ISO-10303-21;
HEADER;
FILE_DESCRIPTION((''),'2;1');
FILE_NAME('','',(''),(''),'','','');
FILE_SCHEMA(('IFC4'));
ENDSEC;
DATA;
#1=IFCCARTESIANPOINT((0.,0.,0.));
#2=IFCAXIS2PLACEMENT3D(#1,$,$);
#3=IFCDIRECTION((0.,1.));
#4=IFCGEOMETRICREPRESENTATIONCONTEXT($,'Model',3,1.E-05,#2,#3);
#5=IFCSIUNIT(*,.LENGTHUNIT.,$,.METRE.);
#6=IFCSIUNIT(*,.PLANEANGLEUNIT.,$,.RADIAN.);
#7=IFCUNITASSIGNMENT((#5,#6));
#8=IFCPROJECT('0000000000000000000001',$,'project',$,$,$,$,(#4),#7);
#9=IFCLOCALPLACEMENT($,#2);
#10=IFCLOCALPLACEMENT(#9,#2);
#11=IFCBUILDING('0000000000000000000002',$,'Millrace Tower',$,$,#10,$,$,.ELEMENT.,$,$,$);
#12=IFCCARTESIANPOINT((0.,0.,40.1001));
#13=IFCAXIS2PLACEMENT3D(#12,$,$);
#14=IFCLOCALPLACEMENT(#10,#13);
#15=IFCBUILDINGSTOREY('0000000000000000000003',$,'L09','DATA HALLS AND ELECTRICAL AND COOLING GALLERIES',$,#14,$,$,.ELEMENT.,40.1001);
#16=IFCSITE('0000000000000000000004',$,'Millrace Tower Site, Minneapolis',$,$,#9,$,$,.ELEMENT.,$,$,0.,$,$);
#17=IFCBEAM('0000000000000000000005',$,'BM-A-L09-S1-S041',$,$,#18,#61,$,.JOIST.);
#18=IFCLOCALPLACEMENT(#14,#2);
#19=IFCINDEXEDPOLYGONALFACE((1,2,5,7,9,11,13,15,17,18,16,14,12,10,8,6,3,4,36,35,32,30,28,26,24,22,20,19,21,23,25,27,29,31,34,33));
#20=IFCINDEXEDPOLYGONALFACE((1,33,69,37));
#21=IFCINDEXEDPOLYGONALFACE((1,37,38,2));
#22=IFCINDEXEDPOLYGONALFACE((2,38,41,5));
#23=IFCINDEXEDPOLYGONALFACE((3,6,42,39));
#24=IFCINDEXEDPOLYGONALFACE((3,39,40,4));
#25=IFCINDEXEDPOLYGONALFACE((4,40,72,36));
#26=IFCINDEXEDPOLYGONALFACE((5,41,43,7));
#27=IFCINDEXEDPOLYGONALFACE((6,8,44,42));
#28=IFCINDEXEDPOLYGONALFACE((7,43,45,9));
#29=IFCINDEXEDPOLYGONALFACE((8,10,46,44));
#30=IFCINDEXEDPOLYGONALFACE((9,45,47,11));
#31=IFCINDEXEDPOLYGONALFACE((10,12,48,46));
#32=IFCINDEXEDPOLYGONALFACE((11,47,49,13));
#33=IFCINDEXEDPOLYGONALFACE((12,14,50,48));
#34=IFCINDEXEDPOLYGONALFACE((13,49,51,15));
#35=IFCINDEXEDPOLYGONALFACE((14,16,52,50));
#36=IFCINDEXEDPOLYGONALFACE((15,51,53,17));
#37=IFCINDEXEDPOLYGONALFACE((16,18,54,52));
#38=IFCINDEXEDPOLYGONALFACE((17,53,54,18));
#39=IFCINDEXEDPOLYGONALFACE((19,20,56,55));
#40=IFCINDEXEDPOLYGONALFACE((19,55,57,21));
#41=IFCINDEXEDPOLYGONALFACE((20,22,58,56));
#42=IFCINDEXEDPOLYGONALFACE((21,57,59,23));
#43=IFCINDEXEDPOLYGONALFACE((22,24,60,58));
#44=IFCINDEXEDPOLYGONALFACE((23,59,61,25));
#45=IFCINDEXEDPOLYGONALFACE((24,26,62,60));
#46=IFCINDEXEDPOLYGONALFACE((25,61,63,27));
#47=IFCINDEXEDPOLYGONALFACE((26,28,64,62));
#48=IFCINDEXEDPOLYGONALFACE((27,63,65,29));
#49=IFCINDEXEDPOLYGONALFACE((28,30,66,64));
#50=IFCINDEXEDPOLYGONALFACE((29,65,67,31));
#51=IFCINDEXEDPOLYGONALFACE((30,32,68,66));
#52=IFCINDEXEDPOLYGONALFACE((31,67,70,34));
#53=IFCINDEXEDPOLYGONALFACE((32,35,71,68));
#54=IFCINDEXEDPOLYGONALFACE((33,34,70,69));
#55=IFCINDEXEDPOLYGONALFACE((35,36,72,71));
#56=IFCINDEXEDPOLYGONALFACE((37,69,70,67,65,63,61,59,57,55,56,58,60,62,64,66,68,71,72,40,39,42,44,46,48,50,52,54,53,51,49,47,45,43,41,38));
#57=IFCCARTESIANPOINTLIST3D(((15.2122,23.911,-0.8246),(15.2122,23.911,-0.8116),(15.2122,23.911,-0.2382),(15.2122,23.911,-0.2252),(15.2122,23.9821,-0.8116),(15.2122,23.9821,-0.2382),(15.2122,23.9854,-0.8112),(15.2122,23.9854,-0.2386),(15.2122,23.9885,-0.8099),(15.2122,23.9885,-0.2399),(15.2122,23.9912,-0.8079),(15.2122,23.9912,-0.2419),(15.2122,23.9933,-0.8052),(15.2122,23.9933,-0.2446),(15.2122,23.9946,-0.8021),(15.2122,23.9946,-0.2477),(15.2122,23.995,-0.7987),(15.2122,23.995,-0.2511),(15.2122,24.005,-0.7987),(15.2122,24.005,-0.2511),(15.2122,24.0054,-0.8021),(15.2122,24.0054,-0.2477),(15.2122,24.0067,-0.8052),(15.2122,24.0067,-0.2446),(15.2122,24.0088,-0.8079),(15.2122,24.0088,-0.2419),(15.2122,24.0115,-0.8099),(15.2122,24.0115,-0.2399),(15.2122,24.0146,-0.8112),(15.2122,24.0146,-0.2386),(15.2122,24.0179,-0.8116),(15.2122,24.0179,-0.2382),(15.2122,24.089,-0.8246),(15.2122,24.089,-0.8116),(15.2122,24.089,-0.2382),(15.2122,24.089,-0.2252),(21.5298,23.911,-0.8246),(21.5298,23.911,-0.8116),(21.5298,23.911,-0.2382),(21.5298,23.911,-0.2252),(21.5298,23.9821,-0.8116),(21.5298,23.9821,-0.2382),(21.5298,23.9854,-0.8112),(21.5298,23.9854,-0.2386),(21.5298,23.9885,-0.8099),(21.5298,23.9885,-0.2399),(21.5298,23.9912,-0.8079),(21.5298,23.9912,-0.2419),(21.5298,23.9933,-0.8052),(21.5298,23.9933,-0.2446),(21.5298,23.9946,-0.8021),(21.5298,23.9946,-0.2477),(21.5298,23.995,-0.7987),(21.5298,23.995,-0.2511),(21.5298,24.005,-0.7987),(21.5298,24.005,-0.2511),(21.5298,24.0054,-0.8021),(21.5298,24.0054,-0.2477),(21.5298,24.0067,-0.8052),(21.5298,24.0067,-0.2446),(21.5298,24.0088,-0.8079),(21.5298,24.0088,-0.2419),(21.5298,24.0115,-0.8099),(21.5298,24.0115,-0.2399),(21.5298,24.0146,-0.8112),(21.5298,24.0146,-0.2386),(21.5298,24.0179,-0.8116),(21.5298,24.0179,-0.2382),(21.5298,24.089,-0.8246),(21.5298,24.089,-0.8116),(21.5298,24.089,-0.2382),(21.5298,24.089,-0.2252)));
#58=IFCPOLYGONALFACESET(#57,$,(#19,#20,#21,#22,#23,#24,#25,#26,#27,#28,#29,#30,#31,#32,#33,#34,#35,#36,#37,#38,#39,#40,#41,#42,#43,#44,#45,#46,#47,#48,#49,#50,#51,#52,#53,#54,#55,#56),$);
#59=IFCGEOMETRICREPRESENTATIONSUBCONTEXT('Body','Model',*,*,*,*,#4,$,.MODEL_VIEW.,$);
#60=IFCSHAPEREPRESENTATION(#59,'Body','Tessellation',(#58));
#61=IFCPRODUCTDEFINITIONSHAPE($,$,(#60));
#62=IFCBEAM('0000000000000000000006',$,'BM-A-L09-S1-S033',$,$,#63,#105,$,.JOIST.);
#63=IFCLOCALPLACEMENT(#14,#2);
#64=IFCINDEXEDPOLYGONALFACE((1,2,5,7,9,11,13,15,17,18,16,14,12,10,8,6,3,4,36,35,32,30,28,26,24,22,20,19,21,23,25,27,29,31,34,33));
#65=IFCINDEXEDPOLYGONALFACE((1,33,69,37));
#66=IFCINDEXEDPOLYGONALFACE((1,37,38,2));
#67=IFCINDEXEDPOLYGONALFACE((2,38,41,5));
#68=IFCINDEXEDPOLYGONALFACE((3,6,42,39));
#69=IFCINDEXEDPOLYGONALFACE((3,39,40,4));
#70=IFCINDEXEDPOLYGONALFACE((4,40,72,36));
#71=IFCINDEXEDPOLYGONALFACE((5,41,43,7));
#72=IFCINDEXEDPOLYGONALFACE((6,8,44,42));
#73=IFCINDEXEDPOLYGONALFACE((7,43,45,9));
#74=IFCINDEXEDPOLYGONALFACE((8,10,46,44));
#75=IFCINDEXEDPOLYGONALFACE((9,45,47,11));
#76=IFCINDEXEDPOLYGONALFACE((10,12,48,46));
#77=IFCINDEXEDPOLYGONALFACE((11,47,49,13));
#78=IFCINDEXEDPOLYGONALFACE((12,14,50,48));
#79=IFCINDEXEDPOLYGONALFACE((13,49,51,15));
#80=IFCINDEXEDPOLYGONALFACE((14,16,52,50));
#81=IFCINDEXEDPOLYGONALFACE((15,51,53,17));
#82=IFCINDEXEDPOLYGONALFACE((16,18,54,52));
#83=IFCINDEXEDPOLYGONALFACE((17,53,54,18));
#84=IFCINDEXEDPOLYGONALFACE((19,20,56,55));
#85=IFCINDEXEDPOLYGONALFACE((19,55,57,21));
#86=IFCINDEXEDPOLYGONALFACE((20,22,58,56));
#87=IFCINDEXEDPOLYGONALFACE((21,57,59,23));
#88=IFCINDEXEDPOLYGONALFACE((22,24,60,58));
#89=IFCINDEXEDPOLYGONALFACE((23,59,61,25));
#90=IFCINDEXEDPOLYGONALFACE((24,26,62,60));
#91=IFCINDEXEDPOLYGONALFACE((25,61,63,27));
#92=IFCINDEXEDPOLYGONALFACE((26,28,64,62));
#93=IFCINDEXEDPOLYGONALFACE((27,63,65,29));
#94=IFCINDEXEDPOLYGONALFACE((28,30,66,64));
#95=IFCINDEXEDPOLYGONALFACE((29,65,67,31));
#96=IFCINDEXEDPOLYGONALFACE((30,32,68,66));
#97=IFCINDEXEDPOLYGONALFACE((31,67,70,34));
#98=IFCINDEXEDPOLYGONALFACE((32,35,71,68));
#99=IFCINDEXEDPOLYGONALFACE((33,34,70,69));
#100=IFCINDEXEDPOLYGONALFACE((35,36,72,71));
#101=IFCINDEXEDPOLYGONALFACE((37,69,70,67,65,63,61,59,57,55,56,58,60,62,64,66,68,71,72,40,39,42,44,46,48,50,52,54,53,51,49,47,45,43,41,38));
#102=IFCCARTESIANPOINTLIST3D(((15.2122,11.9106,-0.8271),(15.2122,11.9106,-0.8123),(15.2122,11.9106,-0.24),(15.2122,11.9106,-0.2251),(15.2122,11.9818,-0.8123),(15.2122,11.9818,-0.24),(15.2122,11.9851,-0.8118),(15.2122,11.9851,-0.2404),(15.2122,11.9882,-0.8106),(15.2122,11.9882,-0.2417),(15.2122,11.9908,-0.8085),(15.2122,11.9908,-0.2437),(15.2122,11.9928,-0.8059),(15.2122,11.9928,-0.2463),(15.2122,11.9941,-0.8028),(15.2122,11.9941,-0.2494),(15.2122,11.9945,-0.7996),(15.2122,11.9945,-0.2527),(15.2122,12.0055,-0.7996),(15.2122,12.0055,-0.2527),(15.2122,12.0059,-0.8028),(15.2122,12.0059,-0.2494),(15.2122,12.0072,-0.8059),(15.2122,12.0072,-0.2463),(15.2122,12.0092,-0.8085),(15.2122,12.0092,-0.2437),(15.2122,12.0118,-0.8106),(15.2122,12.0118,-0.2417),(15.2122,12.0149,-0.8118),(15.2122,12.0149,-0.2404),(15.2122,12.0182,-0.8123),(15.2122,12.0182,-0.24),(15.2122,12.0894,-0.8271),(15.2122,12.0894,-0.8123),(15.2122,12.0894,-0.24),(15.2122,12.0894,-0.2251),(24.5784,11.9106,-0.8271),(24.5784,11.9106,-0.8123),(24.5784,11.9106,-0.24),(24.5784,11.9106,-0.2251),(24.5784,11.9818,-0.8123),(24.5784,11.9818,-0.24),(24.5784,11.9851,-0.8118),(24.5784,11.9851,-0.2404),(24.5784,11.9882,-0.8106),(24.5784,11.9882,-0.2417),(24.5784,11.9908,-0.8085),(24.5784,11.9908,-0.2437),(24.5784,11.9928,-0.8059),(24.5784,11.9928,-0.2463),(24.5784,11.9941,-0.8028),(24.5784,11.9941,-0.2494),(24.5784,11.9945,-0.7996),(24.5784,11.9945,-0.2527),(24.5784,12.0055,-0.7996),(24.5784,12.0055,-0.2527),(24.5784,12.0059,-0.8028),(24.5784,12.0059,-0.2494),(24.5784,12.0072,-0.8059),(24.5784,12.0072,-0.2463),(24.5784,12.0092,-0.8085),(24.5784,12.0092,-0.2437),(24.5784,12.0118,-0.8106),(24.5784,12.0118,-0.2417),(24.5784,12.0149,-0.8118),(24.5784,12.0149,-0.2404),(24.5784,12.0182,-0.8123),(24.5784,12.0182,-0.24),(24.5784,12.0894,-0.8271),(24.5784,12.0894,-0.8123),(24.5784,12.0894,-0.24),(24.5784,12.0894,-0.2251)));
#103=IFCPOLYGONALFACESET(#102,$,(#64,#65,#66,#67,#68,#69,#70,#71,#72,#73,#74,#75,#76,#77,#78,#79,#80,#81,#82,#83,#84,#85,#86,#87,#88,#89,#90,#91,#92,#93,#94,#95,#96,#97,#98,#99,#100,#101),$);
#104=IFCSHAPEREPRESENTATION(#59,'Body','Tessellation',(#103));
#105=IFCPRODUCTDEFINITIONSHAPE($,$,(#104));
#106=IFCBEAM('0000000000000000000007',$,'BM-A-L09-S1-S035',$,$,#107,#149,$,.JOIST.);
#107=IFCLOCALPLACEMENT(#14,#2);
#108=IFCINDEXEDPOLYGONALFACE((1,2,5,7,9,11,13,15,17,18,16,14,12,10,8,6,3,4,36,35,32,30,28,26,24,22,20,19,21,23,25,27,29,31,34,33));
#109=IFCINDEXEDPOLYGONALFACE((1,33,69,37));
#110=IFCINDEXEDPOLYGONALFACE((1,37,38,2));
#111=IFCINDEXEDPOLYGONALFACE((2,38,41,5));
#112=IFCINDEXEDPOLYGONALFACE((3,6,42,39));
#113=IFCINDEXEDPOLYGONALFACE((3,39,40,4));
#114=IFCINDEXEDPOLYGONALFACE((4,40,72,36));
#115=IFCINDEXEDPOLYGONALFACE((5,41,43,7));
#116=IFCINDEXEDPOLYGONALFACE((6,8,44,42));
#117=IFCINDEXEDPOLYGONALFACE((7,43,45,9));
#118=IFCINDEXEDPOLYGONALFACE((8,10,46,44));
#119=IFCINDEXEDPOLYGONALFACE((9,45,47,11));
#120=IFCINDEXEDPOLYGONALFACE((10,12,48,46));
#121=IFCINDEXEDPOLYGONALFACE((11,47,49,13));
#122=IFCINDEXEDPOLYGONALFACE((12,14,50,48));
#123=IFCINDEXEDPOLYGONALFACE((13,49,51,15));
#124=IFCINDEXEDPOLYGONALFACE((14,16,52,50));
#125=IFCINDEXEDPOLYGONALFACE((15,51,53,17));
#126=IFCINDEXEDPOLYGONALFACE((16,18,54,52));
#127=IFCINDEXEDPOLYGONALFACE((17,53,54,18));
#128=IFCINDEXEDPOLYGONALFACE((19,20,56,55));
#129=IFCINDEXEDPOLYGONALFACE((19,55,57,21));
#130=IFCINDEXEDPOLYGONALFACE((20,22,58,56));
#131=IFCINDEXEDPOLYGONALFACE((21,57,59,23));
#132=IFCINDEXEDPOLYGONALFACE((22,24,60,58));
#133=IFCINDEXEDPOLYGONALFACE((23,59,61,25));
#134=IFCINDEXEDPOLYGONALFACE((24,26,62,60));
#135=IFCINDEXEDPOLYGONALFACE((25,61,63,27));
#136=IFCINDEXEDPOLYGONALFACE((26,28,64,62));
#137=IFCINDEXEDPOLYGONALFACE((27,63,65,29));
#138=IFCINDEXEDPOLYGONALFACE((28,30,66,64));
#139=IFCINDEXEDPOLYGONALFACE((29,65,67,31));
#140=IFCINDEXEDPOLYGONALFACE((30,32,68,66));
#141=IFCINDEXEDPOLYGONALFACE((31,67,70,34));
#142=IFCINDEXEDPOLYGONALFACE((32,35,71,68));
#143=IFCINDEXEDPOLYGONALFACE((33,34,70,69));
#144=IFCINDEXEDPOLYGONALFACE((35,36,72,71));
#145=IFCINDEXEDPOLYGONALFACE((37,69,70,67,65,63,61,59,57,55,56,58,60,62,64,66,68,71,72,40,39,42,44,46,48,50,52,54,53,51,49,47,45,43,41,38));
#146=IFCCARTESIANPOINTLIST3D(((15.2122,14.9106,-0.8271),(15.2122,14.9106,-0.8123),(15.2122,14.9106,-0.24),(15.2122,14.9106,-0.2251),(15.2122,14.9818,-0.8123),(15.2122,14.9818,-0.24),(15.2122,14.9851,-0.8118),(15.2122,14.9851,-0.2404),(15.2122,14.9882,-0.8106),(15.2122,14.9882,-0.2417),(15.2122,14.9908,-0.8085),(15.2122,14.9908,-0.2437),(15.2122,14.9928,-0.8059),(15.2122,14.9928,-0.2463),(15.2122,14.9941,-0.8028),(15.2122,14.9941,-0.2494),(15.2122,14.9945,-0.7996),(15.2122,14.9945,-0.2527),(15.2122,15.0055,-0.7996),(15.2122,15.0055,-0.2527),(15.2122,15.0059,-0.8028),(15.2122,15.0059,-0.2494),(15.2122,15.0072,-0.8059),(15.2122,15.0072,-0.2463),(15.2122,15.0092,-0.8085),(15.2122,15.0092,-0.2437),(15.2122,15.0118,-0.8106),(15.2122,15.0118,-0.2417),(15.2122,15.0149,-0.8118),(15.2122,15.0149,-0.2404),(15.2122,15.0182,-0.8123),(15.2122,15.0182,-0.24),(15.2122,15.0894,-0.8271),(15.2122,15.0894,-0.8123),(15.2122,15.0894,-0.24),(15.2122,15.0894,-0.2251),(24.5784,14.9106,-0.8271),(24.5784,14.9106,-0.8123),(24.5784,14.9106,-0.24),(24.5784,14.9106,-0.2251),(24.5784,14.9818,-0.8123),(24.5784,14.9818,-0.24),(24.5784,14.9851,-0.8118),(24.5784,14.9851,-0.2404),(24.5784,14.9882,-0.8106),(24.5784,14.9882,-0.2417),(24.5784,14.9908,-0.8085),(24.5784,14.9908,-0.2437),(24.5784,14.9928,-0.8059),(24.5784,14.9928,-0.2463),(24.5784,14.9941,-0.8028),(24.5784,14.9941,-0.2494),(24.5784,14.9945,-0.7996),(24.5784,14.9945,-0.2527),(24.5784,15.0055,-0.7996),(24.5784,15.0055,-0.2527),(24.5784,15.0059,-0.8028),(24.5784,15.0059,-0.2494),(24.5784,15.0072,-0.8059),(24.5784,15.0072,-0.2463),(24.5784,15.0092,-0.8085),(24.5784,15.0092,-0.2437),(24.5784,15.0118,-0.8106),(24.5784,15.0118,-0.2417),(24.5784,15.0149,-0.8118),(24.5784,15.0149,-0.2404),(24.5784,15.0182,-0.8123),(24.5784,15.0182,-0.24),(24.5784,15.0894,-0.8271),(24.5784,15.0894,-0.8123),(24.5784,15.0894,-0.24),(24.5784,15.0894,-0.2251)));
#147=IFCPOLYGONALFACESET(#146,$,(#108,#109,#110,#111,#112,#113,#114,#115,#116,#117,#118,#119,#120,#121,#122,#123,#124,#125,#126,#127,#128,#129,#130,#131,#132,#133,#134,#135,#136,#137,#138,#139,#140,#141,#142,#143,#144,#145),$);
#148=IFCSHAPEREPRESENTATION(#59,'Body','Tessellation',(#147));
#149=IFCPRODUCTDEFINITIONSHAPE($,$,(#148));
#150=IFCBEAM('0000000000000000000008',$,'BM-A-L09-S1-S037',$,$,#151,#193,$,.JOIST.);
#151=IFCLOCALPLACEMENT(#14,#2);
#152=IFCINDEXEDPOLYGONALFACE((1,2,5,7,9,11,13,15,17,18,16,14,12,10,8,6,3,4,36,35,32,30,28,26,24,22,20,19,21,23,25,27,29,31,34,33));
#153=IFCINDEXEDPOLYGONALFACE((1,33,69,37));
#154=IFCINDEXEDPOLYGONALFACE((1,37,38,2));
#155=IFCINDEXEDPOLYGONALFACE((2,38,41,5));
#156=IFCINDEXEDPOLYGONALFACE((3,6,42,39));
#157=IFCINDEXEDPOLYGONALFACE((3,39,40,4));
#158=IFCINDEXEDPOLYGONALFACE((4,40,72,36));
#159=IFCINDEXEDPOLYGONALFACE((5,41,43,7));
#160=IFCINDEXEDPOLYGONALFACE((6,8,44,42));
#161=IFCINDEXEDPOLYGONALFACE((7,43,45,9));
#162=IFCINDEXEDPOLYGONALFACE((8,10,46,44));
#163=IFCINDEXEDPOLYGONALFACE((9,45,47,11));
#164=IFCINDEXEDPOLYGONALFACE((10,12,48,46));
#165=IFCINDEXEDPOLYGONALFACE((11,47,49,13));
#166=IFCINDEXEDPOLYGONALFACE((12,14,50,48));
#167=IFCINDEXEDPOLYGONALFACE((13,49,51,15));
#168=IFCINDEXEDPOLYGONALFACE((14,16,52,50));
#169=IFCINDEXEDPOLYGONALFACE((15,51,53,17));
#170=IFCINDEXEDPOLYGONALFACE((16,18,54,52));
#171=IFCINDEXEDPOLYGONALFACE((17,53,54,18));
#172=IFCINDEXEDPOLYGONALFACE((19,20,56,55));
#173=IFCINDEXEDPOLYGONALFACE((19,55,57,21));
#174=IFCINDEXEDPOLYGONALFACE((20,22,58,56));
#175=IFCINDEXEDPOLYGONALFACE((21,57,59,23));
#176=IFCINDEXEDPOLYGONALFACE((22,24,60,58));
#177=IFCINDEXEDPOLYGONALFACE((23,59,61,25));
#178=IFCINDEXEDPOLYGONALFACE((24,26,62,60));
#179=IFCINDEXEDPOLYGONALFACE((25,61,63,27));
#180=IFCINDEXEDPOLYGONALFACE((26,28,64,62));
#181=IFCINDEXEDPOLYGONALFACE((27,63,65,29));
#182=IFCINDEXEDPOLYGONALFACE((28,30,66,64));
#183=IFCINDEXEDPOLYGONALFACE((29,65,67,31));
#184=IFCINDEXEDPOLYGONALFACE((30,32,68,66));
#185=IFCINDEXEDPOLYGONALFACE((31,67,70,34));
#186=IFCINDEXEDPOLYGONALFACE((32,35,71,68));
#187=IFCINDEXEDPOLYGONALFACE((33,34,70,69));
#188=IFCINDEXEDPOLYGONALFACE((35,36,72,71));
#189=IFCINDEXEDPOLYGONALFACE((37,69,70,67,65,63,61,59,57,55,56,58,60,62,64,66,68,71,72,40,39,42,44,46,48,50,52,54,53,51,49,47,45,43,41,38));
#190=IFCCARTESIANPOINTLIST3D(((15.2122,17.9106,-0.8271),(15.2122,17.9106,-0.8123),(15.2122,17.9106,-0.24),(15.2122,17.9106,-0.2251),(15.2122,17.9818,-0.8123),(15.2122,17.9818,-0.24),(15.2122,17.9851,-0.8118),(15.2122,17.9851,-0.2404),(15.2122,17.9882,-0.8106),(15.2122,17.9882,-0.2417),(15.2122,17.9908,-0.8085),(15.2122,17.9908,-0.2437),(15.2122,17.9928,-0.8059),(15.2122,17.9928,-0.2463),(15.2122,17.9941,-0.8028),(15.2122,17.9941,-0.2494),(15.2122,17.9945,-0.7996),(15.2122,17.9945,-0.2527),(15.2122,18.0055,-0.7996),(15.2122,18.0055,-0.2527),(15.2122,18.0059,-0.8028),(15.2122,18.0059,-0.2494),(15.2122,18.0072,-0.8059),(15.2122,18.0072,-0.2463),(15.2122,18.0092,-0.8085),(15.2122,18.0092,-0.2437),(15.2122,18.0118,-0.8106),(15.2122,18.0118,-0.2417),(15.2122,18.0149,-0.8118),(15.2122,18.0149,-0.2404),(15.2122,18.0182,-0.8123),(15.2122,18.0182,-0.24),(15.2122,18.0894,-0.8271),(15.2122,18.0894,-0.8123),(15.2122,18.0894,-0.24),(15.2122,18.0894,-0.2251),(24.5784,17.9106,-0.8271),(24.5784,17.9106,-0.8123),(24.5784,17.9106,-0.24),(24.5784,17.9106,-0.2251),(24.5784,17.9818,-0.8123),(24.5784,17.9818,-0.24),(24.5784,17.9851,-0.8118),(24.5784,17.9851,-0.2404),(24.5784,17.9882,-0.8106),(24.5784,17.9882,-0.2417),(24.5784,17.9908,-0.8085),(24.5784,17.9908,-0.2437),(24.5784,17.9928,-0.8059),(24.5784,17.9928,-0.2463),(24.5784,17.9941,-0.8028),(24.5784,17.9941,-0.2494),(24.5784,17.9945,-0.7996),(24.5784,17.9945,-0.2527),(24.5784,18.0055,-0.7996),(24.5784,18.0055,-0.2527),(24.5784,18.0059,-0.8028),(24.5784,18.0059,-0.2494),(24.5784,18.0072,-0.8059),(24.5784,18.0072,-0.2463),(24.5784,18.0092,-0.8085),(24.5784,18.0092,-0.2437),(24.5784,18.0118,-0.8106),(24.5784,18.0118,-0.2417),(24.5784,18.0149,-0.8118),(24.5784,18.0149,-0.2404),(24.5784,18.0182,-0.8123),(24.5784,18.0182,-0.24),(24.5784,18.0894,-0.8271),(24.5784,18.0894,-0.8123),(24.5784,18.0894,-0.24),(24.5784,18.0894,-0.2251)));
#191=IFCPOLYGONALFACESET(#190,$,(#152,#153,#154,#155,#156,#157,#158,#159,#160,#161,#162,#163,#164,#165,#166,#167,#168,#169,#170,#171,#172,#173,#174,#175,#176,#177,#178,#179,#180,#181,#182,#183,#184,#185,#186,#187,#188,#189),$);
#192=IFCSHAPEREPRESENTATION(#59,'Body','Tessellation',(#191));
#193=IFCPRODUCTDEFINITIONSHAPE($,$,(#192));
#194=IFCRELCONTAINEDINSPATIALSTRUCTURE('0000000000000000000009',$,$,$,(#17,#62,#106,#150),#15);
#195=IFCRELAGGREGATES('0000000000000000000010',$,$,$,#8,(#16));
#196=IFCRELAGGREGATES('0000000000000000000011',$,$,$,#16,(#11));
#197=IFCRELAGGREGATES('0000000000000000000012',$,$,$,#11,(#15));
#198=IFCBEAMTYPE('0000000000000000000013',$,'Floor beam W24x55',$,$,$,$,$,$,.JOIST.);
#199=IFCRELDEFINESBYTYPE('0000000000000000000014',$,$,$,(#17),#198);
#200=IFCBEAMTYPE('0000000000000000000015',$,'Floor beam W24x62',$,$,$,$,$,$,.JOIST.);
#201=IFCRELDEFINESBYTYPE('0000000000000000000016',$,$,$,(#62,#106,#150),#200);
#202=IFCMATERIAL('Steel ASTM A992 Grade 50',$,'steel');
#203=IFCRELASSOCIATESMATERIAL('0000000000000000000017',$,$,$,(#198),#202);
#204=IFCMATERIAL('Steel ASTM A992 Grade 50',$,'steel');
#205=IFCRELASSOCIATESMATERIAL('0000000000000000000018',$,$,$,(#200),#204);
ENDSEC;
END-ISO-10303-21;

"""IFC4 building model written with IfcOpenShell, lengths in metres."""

from ifc_helpers import new_model, si_unit, direction, frame, origin, origin_2d, place, context, subcontext, project, spatial, i_section, extrude, material, material_profile, profile_set, type_object, element, save


model = new_model("IFC4")

# Units and contexts
model_context = context("Model", 3, precision=1e-05, world=origin(), true_north=direction((0.0, 1.0)))
body_context = subcontext(model_context, "Body", "Model", "MODEL_VIEW")
ifc_project = project(units=[si_unit("LENGTHUNIT", "METRE"), si_unit("PLANEANGLEUNIT", "RADIAN")], contexts=[model_context])

# Site, building, storey
site_placement = place(None, origin())
site = spatial("IfcSite", under=ifc_project, at=site_placement, Name="Millrace Tower Site, Minneapolis", CompositionType="ELEMENT", RefElevation=0.0)
building_placement = place(site_placement, origin())
building = spatial("IfcBuilding", under=site, at=building_placement, Name="Millrace Tower", CompositionType="ELEMENT")
storey_placement = place(building_placement, frame((0.0, 0.0, 40.1001)))
storey = spatial("IfcBuildingStorey", under=building, at=storey_placement, Name="L09", Description="DATA HALLS AND ELECTRICAL AND COOLING GALLERIES", CompositionType="ELEMENT", Elevation=40.1001)

# Beams
ifc_material_1 = material(Name="Steel ASTM A992 Grade 50", Category="steel")
ifc_material_profile_1 = material_profile(ifc_material_1, i_section(OverallWidth=0.178, OverallDepth=0.5994, WebThickness=0.01, FlangeThickness=0.0129, FilletRadius=0.0129, at=origin_2d()))
ifc_profile_set_1 = profile_set([ifc_material_profile_1], Name="Steel ASTM A992 Grade 50")
beam_type_1 = type_object("IfcBeamType", Name="Floor beam W24x55", PredefinedType="JOIST", material=ifc_profile_set_1)
beam_1_placement = place(storey_placement, frame((15.2122, 24.0, -0.5249), z_axis=(1.0, 0.0, 0.0), x_axis=(0.0, 1.0, 0.0)))
element("IfcBeam", 1, at=beam_1_placement, inside=storey, type_object=beam_type_1, Name="BM-A-L09-S1-S041", PredefinedType="JOIST", context=body_context, shape_type="SweptSolid", body=[
    extrude(i_section(OverallWidth=0.178, OverallDepth=0.5994, WebThickness=0.01, FlangeThickness=0.0129, FilletRadius=0.0129, at=origin_2d()), origin(), (0.0, 0.0, 1.0), 6.3176),
])
ifc_material_2 = material(Name="Steel ASTM A992 Grade 50", Category="steel")
ifc_material_profile_2 = material_profile(ifc_material_2, i_section(OverallWidth=0.1787, OverallDepth=0.6021, WebThickness=0.011, FlangeThickness=0.0149, FilletRadius=0.0127, at=origin_2d()))
ifc_profile_set_2 = profile_set([ifc_material_profile_2], Name="Steel ASTM A992 Grade 50")
beam_type_2 = type_object("IfcBeamType", Name="Floor beam W24x62", PredefinedType="JOIST", material=ifc_profile_set_2)
for number, where, z_axis, x_axis, name in (
    (2, (15.2122, 12.0, -0.5261), (1.0, 0.0, 0.0), (0.0, 1.0, 0.0), "BM-A-L09-S1-S033"),
    (3, (15.2122, 15.0, -0.5261), (1.0, 0.0, 0.0), (0.0, 1.0, 0.0), "BM-A-L09-S1-S035"),
    (4, (15.2122, 18.0, -0.5261), (1.0, 0.0, 0.0), (0.0, 1.0, 0.0), "BM-A-L09-S1-S037"),
):
    element("IfcBeam", number, at=place(storey_placement, frame(where, z_axis=z_axis, x_axis=x_axis)), inside=storey, type_object=beam_type_2, Name=name, PredefinedType="JOIST", context=body_context, shape_type="SweptSolid", body=[
        extrude(i_section(OverallWidth=0.1787, OverallDepth=0.6021, WebThickness=0.011, FlangeThickness=0.0149, FilletRadius=0.0127, at=origin_2d()), origin(), (0.0, 0.0, 1.0), 9.3662),
    ])

save(model, "model.ifc")
